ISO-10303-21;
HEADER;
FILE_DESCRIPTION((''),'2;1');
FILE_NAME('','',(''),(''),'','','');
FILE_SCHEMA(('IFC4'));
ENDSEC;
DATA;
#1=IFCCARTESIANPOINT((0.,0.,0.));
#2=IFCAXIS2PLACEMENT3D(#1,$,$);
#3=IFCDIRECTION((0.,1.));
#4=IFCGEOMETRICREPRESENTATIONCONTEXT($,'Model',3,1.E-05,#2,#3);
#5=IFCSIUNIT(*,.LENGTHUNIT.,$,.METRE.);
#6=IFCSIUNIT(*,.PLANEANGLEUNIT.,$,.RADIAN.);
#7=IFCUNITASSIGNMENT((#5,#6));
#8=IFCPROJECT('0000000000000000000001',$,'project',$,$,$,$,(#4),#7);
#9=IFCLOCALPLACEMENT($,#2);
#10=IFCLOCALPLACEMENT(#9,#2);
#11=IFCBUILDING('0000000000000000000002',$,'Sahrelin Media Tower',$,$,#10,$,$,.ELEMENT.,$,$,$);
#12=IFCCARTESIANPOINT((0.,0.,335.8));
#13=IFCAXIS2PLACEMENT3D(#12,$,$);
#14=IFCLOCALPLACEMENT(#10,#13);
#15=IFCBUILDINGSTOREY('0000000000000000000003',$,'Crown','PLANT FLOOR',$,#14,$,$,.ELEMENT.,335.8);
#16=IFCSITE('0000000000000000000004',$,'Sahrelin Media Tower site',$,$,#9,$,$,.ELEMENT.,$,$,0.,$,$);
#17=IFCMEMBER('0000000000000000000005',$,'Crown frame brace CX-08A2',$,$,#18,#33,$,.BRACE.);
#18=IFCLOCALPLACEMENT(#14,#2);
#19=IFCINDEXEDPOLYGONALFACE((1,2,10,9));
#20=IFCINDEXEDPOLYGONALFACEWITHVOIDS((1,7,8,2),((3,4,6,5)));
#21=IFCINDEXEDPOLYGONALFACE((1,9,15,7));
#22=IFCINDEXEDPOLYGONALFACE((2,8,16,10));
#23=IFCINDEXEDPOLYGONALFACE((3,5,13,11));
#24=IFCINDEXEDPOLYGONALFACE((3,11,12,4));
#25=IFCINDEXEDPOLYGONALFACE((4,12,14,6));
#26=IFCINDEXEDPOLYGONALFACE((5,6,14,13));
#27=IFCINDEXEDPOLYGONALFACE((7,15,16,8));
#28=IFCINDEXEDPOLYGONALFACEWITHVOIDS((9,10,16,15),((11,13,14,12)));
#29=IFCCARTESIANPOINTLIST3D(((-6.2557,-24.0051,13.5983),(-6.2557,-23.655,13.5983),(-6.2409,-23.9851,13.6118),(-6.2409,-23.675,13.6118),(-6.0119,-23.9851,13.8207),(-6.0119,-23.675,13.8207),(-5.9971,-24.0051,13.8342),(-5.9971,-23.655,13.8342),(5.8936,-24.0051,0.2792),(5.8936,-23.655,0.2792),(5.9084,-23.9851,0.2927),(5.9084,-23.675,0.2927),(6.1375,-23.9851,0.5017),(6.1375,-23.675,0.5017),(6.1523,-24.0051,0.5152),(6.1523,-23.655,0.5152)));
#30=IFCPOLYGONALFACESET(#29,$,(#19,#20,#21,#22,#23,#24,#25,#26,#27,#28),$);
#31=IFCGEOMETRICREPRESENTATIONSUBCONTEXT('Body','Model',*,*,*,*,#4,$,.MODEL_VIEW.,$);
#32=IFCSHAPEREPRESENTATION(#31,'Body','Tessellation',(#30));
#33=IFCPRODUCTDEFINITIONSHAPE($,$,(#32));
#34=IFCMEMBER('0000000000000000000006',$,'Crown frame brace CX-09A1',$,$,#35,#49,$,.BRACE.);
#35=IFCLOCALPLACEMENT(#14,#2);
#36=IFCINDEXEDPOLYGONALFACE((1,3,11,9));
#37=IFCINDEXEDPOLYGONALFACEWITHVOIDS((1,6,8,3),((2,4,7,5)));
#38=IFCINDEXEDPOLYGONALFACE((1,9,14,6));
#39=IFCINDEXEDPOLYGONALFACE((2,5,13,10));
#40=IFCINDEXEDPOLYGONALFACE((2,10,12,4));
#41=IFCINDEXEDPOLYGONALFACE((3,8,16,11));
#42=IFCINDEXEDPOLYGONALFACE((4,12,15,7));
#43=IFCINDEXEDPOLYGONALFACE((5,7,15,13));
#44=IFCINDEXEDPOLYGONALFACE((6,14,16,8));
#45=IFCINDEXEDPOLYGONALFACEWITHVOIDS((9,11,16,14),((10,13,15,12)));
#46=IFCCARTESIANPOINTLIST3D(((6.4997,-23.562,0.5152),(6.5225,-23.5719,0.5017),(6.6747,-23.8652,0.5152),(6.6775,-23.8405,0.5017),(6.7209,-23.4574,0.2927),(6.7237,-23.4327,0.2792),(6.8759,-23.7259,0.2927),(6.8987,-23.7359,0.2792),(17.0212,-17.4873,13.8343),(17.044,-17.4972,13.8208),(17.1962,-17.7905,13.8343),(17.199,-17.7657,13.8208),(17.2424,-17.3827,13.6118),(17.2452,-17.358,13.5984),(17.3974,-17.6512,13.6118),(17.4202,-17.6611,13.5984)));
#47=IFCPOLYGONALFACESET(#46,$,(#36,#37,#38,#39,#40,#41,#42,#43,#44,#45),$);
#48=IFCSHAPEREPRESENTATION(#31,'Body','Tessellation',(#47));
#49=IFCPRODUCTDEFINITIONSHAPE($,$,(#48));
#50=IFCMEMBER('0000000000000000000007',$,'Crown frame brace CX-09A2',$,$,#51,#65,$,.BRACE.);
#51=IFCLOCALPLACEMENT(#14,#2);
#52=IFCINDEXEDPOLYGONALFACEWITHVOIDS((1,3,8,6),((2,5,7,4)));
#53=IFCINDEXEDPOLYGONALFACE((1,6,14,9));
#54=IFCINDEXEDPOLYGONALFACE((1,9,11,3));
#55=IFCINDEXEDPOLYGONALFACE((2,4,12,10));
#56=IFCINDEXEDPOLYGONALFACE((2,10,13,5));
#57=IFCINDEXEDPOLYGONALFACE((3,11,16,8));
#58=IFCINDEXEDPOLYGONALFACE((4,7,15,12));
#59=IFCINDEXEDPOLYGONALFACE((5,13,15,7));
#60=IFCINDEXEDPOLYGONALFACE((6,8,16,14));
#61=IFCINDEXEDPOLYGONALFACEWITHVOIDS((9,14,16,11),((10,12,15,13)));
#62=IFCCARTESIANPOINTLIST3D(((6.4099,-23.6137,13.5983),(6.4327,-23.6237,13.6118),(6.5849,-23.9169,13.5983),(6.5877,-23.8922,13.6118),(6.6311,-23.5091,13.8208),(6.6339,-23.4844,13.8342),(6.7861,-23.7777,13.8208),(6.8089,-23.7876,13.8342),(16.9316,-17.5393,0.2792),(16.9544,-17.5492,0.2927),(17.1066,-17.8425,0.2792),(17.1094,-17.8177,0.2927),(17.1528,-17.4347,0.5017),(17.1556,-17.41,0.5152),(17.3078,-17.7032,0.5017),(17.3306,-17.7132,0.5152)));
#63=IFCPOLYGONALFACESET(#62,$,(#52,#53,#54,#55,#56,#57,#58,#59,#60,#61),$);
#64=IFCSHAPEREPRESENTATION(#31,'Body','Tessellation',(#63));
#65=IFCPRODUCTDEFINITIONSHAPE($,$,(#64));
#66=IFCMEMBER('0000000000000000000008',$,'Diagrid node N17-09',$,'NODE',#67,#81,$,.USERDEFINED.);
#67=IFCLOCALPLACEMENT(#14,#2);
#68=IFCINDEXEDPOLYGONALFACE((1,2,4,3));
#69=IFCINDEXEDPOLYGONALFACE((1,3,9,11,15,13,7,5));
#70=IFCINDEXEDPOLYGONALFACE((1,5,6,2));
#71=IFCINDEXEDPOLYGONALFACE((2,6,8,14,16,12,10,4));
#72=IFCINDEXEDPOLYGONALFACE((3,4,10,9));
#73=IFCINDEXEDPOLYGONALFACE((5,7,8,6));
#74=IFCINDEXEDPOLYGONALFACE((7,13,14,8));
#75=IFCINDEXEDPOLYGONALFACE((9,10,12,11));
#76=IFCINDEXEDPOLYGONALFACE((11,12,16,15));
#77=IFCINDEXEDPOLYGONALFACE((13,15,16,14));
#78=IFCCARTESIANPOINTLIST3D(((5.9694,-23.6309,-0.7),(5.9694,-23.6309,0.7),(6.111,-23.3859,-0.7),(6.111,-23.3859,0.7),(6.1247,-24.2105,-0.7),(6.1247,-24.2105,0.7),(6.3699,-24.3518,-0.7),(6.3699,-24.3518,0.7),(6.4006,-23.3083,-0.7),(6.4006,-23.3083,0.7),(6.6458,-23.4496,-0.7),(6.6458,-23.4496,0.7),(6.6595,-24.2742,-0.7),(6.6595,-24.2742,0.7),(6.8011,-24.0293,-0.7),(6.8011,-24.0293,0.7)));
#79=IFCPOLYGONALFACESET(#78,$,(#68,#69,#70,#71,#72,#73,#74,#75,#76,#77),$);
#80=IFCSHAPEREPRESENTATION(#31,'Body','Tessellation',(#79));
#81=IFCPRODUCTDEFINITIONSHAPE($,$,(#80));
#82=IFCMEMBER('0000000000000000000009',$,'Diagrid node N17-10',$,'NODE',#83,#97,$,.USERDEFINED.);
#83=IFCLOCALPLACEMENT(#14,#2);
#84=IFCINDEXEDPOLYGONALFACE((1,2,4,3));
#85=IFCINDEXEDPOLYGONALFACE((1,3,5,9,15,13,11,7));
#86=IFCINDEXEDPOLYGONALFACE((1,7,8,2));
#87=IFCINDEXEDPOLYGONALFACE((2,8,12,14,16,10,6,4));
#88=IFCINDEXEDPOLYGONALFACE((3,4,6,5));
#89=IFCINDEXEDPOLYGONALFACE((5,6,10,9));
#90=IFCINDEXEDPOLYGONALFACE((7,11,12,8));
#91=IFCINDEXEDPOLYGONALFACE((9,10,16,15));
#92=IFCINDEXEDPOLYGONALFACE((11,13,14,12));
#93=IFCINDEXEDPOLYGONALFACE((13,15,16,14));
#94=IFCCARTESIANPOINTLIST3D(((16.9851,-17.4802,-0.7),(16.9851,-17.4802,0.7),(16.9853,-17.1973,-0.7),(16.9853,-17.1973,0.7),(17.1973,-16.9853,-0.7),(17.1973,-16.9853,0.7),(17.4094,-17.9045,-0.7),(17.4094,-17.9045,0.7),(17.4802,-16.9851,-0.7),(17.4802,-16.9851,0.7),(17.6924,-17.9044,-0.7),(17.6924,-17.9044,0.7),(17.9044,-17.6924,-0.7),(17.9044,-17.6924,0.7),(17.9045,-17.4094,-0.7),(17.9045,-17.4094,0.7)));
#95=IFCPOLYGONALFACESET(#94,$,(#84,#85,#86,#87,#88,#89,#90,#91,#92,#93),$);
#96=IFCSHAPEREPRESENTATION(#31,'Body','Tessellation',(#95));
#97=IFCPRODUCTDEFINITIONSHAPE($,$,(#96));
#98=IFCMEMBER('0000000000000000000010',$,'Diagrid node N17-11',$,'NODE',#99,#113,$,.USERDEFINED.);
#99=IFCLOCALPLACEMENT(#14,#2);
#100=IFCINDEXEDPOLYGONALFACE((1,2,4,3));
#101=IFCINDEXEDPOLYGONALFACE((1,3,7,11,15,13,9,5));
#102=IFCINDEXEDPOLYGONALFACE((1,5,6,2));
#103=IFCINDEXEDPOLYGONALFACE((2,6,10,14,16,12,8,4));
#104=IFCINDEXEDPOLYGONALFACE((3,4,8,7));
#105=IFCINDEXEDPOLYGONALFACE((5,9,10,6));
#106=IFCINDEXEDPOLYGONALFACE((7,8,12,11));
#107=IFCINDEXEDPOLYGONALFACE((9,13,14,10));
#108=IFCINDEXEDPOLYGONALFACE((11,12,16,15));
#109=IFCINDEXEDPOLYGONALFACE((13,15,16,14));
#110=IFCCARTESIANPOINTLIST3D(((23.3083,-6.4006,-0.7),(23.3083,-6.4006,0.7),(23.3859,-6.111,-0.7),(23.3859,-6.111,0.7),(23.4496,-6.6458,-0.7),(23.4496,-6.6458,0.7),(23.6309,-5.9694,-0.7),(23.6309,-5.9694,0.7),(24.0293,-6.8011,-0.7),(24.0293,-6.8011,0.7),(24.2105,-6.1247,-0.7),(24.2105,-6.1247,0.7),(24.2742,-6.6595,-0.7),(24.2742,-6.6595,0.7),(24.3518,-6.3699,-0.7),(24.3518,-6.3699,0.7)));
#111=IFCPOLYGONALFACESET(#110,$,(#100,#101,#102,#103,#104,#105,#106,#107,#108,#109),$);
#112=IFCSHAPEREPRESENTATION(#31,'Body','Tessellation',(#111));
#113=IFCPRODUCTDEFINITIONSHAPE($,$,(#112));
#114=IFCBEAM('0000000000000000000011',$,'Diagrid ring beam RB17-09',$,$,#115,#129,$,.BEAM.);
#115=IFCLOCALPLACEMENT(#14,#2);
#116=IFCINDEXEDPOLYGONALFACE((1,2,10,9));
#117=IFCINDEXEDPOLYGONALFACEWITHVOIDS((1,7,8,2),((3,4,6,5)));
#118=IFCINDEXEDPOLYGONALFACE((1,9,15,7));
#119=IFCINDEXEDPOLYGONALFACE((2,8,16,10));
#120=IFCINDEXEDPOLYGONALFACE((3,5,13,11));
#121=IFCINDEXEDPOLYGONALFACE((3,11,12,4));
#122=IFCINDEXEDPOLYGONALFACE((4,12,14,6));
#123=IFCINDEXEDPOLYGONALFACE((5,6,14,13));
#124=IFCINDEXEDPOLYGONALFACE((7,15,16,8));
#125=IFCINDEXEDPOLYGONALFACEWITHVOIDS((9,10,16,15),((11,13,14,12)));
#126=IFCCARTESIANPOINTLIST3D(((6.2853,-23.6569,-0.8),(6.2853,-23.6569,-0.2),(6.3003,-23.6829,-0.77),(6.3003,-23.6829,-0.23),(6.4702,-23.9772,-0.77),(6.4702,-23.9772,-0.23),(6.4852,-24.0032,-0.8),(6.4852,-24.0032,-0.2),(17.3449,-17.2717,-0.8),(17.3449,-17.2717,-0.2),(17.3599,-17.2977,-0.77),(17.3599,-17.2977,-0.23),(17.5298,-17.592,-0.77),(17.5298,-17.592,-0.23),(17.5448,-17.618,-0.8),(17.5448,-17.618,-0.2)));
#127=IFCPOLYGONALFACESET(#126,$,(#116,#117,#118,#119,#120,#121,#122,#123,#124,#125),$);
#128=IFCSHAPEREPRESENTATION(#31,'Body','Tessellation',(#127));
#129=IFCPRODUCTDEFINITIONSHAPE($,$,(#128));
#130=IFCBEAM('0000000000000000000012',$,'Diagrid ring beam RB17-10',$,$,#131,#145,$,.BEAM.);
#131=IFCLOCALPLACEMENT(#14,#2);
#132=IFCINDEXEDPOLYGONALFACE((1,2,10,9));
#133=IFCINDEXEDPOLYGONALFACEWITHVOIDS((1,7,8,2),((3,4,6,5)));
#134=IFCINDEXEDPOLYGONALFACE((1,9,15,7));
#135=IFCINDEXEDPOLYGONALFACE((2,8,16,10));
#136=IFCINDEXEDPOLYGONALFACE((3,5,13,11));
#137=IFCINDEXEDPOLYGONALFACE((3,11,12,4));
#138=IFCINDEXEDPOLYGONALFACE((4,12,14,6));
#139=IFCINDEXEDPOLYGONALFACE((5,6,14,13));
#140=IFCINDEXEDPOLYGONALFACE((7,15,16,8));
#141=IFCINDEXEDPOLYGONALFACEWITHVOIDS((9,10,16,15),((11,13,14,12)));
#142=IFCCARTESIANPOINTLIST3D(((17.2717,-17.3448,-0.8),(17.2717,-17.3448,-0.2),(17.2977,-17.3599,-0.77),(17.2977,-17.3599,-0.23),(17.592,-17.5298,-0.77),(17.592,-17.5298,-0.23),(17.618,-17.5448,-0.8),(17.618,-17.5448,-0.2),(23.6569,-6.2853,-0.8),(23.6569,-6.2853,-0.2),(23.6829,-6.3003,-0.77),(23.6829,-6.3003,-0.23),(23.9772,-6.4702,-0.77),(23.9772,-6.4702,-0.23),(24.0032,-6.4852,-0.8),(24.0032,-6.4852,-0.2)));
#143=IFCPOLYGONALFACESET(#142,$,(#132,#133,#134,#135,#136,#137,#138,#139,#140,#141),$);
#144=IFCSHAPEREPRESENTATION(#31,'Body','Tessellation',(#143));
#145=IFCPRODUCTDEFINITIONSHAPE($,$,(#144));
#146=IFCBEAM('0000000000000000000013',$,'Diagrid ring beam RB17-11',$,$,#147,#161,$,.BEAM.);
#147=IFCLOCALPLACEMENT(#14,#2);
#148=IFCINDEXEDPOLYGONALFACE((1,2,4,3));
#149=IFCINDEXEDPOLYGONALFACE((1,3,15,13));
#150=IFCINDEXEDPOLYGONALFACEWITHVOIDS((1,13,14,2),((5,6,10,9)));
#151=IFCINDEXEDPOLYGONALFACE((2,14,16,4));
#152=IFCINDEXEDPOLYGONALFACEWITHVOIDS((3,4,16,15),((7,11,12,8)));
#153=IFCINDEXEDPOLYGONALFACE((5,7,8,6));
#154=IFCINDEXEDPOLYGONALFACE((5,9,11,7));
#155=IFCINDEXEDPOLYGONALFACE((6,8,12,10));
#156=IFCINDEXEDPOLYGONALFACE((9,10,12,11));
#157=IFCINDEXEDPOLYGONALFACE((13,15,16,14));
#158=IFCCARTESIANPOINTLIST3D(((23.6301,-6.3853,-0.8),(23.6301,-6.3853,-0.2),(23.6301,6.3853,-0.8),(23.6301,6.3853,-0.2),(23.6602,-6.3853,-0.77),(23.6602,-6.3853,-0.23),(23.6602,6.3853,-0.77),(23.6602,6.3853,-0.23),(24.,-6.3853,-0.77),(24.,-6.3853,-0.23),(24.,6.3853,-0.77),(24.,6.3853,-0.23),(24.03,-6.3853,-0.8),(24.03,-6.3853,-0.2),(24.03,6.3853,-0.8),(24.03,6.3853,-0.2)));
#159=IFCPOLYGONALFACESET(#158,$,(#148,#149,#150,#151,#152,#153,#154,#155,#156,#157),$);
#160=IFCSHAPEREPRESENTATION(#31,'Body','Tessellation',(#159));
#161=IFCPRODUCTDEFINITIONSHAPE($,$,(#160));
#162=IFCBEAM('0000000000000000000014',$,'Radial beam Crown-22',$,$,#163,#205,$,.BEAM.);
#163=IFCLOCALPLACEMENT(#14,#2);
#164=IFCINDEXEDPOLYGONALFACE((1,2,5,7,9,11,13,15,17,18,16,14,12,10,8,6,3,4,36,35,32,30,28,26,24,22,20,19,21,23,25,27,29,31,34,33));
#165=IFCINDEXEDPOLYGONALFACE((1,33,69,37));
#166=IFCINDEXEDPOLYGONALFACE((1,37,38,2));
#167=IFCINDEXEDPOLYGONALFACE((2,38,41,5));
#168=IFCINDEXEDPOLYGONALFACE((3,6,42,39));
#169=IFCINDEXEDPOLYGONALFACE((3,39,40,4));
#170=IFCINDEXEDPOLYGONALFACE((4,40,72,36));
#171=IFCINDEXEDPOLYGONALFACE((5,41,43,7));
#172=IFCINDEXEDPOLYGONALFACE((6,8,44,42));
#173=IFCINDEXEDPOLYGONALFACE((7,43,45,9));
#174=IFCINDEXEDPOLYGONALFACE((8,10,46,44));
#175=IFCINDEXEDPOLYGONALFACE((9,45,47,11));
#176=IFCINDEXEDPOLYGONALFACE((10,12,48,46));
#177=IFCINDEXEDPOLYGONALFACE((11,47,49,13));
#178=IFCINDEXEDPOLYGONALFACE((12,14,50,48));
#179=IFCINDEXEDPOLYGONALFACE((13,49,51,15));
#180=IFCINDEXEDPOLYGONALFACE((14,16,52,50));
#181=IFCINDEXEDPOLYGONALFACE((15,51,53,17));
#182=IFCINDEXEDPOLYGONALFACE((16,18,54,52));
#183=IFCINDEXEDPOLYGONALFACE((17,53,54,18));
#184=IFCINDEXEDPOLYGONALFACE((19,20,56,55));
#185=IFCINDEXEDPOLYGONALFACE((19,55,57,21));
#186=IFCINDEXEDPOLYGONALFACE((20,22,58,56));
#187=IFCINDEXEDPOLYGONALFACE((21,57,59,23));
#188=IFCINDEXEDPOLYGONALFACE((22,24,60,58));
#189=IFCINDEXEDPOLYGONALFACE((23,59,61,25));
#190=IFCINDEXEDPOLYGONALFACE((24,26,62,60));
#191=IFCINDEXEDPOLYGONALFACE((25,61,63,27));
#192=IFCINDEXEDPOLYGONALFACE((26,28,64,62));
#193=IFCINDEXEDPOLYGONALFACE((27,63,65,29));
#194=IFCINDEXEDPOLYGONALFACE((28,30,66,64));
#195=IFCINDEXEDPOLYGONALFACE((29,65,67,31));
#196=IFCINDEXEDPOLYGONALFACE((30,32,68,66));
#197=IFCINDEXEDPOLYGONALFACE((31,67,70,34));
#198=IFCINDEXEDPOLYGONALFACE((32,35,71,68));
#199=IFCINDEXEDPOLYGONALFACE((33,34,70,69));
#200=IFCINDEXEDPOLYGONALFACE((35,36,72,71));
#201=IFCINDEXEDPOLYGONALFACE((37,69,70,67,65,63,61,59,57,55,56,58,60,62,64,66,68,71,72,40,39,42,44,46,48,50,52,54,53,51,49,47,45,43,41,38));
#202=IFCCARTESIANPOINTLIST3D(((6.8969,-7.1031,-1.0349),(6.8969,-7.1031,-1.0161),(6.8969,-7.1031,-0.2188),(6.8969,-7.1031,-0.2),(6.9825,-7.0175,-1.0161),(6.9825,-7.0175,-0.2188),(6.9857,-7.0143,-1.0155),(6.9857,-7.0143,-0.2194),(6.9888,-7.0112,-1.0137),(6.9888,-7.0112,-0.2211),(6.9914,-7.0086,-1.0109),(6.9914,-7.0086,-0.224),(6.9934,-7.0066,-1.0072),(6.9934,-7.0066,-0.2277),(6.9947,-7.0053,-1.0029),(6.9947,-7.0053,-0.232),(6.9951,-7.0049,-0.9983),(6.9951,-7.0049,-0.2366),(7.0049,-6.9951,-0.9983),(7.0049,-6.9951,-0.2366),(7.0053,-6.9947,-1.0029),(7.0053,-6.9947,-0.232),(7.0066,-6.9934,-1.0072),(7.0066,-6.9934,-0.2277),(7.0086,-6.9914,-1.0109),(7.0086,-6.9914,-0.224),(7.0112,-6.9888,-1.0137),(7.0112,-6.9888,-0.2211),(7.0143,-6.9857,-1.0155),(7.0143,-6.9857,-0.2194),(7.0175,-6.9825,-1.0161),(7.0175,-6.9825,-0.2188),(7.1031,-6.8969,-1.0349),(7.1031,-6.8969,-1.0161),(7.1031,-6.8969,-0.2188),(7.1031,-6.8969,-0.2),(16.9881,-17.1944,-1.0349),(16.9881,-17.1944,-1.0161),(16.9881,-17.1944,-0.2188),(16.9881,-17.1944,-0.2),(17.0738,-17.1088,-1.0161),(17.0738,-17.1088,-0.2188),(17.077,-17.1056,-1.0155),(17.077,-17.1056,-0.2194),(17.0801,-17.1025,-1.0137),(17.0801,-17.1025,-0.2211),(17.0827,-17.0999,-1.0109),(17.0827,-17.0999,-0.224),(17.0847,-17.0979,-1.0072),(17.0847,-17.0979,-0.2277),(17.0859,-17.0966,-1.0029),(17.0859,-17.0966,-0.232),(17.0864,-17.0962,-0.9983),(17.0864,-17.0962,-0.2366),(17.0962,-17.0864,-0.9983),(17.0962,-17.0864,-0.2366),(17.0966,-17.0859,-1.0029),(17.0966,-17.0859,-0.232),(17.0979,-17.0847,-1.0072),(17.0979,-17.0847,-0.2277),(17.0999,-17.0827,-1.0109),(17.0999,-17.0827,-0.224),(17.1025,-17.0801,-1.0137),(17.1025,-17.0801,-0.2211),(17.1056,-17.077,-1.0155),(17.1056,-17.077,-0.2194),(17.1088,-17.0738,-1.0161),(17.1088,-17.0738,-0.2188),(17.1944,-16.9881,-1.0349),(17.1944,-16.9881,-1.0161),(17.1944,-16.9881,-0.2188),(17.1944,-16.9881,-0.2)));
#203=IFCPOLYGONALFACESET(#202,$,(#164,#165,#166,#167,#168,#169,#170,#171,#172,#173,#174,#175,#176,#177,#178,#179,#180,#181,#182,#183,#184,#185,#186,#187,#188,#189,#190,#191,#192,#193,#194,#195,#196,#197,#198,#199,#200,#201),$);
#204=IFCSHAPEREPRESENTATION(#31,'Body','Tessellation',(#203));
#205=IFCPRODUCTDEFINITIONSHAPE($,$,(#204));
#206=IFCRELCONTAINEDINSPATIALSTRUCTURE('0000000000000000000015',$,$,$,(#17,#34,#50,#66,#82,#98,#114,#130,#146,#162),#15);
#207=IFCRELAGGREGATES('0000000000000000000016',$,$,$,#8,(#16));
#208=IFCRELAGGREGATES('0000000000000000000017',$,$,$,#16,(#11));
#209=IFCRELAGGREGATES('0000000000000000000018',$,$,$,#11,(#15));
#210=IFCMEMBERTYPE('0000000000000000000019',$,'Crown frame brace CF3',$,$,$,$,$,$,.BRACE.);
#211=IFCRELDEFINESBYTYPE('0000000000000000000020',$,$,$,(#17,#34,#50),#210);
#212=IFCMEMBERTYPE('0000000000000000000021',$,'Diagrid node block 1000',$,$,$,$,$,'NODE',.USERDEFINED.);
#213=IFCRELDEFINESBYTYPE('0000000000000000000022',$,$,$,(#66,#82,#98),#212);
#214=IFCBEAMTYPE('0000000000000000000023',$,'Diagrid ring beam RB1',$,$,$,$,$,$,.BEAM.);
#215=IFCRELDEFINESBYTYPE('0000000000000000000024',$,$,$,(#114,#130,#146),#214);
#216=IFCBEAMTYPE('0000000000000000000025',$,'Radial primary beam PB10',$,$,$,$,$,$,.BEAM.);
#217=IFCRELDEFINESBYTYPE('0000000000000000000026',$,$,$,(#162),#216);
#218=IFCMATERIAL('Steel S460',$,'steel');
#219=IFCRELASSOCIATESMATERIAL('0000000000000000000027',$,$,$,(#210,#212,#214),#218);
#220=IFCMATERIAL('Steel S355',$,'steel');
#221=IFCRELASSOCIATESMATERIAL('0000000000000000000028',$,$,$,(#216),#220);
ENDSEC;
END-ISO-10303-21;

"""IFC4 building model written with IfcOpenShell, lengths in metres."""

from ifc_helpers import new_model, si_unit, direction, frame, origin, origin_2d, place, context, subcontext, project, spatial, polyline, hollow_rectangle, i_section, outline, extrude, material, material_profile, profile_set, type_object, element, save


model = new_model("IFC4")

# Units and contexts
model_context = context("Model", 3, precision=1e-05, world=origin(), true_north=direction((0.0, 1.0)))
body_context = subcontext(model_context, "Body", "Model", "MODEL_VIEW")
ifc_project = project(units=[si_unit("LENGTHUNIT", "METRE"), si_unit("PLANEANGLEUNIT", "RADIAN")], contexts=[model_context])

# Site, building, storey
site_placement = place(None, origin())
site = spatial("IfcSite", under=ifc_project, at=site_placement, Name="Sahrelin Media Tower site", CompositionType="ELEMENT", RefElevation=0.0)
building_placement = place(site_placement, origin())
building = spatial("IfcBuilding", under=site, at=building_placement, Name="Sahrelin Media Tower", CompositionType="ELEMENT")
storey_placement = place(building_placement, frame((0.0, 0.0, 335.8)))
storey = spatial("IfcBuildingStorey", under=building, at=storey_placement, Name="Crown", Description="PLANT FLOOR", CompositionType="ELEMENT", Elevation=335.8)

# Members
ifc_material_1 = material(Name="Steel S460", Category="steel")
ifc_material_profile_1 = material_profile(ifc_material_1, hollow_rectangle(XDim=0.3501, YDim=0.3501, WallThickness=0.02, at=origin_2d()), Name="Crown frame brace CF3")
ifc_profile_set_1 = profile_set([ifc_material_profile_1], Name="Steel S460")
member_type_1 = type_object("IfcMemberType", Name="Crown frame brace CF3", PredefinedType="BRACE", material=ifc_profile_set_1)
for number, where, z_axis, x_axis, name in (
    (1, (6.0229, -23.8301, 0.3972), (-0.673922, 0.0, 0.738803), (0.0, -1.0, 0.0), "Crown frame brace CX-08A2"),
    (2, (6.6992, -23.6489, 0.3972), (0.583625, 0.336963, 0.738808), (-0.500008, 0.866021, 0.0), "Crown frame brace CX-09A1"),
    (3, (17.1311, -17.6262, 0.3972), (-0.583637, -0.336948, 0.738806), (0.499984, -0.866035, 0.0), "Crown frame brace CX-09A2"),
):
    element("IfcMember", number, at=place(storey_placement, frame(where, z_axis=z_axis, x_axis=x_axis)), inside=storey, type_object=member_type_1, Name=name, PredefinedType="BRACE", context=body_context, shape_type="SweptSolid", body=[
        extrude(hollow_rectangle(XDim=0.3501, YDim=0.3501, WallThickness=0.02, at=origin_2d()), origin(), (0.0, 0.0, 1.0), 18.0278),
    ])
ifc_material_profile_2 = material_profile(ifc_material_1, outline(polyline([(0.3, -0.3501), (0.5, -0.1499), (0.5, 0.1499), (0.3, 0.3501), (-0.3, 0.3501), (-0.5, 0.1499), (-0.5, -0.1499), (-0.3, -0.3501), (0.3, -0.3501)])), Name="Diagrid node block 1000")
ifc_profile_set_2 = profile_set([ifc_material_profile_2], Name="Steel S460")
member_type_2 = type_object("IfcMemberType", Name="Diagrid node block 1000", ElementType="NODE", PredefinedType="USERDEFINED", material=ifc_profile_set_2)
for number, where, z_axis, x_axis, name in (
    (4, (6.3853, -23.8301, -0.7), (0.0, 0.0, 1.0), (0.258819, -0.965926, 0.0), "Diagrid node N17-09"),
    (5, (17.4448, -17.4448, -0.7), (0.0, 0.0, 1.0), (0.707107, -0.707107, 0.0), "Diagrid node N17-10"),
    (6, (23.8301, -6.3853, -0.7), (0.0, 0.0, 1.0), (0.965926, -0.258819, 0.0), "Diagrid node N17-11"),
):
    element("IfcMember", number, at=place(storey_placement, frame(where, z_axis=z_axis, x_axis=x_axis)), inside=storey, type_object=member_type_2, Name=name, ObjectType="NODE", PredefinedType="USERDEFINED", context=body_context, shape_type="SweptSolid", body=[
        extrude(outline(polyline([(0.3, -0.3501), (0.5, -0.1499), (0.5, 0.1499), (0.3, 0.3501), (-0.3, 0.3501), (-0.5, 0.1499), (-0.5, -0.1499), (-0.3, -0.3501), (0.3, -0.3501)])), origin(), (0.0, 0.0, 1.0), 1.3999),
    ])

# Beams
ifc_material_profile_3 = material_profile(ifc_material_1, hollow_rectangle(XDim=0.3999, YDim=0.6001, WallThickness=0.03, at=origin_2d()), Name="Diagrid ring beam RB1")
ifc_profile_set_3 = profile_set([ifc_material_profile_3], Name="Steel S460")
beam_type_1 = type_object("IfcBeamType", Name="Diagrid ring beam RB1", PredefinedType="BEAM", material=ifc_profile_set_3)
for number, where, z_axis, x_axis, name in (
    (7, (6.3853, -23.8301, -0.5), (0.866025, 0.5, 0.0), (-0.5, 0.866025, 0.0), "Diagrid ring beam RB17-09"),
    (8, (17.4448, -17.4448, -0.5), (0.5, 0.866025, 0.0), (-0.866025, 0.5, 0.0), "Diagrid ring beam RB17-10"),
    (9, (23.8301, -6.3853, -0.5), (0.0, 1.0, 0.0), (-1.0, 0.0, 0.0), "Diagrid ring beam RB17-11"),
):
    element("IfcBeam", number, at=place(storey_placement, frame(where, z_axis=z_axis, x_axis=x_axis)), inside=storey, type_object=beam_type_1, Name=name, PredefinedType="BEAM", context=body_context, shape_type="SweptSolid", body=[
        extrude(hollow_rectangle(XDim=0.3999, YDim=0.6001, WallThickness=0.03, at=origin_2d()), origin(), (0.0, 0.0, 1.0), 12.7705),
    ])
ifc_material_2 = material(Name="Steel S355", Category="steel")
ifc_material_profile_4 = material_profile(ifc_material_2, i_section(OverallWidth=0.2917, OverallDepth=0.835, WebThickness=0.0139, FlangeThickness=0.0188, FilletRadius=0.0178, at=origin_2d()), Name="UB 838x292x176")
ifc_profile_set_4 = profile_set([ifc_material_profile_4], Name="Steel S355")
beam_type_2 = type_object("IfcBeamType", Name="Radial primary beam PB10", PredefinedType="BEAM", material=ifc_profile_set_4)
beam_1_placement = place(storey_placement, frame((7.0, -7.0, -0.6174), z_axis=(0.707107, -0.707107, 0.0), x_axis=(0.707107, 0.707107, 0.0)))
element("IfcBeam", 10, at=beam_1_placement, inside=storey, type_object=beam_type_2, Name="Radial beam Crown-22", PredefinedType="BEAM", context=body_context, shape_type="SweptSolid", body=[
    extrude(i_section(OverallWidth=0.2917, OverallDepth=0.835, WebThickness=0.0139, FlangeThickness=0.0188, FilletRadius=0.0178, at=origin_2d()), origin(), (0.0, 0.0, 1.0), 14.2712),
])

save(model, "model.ifc")
